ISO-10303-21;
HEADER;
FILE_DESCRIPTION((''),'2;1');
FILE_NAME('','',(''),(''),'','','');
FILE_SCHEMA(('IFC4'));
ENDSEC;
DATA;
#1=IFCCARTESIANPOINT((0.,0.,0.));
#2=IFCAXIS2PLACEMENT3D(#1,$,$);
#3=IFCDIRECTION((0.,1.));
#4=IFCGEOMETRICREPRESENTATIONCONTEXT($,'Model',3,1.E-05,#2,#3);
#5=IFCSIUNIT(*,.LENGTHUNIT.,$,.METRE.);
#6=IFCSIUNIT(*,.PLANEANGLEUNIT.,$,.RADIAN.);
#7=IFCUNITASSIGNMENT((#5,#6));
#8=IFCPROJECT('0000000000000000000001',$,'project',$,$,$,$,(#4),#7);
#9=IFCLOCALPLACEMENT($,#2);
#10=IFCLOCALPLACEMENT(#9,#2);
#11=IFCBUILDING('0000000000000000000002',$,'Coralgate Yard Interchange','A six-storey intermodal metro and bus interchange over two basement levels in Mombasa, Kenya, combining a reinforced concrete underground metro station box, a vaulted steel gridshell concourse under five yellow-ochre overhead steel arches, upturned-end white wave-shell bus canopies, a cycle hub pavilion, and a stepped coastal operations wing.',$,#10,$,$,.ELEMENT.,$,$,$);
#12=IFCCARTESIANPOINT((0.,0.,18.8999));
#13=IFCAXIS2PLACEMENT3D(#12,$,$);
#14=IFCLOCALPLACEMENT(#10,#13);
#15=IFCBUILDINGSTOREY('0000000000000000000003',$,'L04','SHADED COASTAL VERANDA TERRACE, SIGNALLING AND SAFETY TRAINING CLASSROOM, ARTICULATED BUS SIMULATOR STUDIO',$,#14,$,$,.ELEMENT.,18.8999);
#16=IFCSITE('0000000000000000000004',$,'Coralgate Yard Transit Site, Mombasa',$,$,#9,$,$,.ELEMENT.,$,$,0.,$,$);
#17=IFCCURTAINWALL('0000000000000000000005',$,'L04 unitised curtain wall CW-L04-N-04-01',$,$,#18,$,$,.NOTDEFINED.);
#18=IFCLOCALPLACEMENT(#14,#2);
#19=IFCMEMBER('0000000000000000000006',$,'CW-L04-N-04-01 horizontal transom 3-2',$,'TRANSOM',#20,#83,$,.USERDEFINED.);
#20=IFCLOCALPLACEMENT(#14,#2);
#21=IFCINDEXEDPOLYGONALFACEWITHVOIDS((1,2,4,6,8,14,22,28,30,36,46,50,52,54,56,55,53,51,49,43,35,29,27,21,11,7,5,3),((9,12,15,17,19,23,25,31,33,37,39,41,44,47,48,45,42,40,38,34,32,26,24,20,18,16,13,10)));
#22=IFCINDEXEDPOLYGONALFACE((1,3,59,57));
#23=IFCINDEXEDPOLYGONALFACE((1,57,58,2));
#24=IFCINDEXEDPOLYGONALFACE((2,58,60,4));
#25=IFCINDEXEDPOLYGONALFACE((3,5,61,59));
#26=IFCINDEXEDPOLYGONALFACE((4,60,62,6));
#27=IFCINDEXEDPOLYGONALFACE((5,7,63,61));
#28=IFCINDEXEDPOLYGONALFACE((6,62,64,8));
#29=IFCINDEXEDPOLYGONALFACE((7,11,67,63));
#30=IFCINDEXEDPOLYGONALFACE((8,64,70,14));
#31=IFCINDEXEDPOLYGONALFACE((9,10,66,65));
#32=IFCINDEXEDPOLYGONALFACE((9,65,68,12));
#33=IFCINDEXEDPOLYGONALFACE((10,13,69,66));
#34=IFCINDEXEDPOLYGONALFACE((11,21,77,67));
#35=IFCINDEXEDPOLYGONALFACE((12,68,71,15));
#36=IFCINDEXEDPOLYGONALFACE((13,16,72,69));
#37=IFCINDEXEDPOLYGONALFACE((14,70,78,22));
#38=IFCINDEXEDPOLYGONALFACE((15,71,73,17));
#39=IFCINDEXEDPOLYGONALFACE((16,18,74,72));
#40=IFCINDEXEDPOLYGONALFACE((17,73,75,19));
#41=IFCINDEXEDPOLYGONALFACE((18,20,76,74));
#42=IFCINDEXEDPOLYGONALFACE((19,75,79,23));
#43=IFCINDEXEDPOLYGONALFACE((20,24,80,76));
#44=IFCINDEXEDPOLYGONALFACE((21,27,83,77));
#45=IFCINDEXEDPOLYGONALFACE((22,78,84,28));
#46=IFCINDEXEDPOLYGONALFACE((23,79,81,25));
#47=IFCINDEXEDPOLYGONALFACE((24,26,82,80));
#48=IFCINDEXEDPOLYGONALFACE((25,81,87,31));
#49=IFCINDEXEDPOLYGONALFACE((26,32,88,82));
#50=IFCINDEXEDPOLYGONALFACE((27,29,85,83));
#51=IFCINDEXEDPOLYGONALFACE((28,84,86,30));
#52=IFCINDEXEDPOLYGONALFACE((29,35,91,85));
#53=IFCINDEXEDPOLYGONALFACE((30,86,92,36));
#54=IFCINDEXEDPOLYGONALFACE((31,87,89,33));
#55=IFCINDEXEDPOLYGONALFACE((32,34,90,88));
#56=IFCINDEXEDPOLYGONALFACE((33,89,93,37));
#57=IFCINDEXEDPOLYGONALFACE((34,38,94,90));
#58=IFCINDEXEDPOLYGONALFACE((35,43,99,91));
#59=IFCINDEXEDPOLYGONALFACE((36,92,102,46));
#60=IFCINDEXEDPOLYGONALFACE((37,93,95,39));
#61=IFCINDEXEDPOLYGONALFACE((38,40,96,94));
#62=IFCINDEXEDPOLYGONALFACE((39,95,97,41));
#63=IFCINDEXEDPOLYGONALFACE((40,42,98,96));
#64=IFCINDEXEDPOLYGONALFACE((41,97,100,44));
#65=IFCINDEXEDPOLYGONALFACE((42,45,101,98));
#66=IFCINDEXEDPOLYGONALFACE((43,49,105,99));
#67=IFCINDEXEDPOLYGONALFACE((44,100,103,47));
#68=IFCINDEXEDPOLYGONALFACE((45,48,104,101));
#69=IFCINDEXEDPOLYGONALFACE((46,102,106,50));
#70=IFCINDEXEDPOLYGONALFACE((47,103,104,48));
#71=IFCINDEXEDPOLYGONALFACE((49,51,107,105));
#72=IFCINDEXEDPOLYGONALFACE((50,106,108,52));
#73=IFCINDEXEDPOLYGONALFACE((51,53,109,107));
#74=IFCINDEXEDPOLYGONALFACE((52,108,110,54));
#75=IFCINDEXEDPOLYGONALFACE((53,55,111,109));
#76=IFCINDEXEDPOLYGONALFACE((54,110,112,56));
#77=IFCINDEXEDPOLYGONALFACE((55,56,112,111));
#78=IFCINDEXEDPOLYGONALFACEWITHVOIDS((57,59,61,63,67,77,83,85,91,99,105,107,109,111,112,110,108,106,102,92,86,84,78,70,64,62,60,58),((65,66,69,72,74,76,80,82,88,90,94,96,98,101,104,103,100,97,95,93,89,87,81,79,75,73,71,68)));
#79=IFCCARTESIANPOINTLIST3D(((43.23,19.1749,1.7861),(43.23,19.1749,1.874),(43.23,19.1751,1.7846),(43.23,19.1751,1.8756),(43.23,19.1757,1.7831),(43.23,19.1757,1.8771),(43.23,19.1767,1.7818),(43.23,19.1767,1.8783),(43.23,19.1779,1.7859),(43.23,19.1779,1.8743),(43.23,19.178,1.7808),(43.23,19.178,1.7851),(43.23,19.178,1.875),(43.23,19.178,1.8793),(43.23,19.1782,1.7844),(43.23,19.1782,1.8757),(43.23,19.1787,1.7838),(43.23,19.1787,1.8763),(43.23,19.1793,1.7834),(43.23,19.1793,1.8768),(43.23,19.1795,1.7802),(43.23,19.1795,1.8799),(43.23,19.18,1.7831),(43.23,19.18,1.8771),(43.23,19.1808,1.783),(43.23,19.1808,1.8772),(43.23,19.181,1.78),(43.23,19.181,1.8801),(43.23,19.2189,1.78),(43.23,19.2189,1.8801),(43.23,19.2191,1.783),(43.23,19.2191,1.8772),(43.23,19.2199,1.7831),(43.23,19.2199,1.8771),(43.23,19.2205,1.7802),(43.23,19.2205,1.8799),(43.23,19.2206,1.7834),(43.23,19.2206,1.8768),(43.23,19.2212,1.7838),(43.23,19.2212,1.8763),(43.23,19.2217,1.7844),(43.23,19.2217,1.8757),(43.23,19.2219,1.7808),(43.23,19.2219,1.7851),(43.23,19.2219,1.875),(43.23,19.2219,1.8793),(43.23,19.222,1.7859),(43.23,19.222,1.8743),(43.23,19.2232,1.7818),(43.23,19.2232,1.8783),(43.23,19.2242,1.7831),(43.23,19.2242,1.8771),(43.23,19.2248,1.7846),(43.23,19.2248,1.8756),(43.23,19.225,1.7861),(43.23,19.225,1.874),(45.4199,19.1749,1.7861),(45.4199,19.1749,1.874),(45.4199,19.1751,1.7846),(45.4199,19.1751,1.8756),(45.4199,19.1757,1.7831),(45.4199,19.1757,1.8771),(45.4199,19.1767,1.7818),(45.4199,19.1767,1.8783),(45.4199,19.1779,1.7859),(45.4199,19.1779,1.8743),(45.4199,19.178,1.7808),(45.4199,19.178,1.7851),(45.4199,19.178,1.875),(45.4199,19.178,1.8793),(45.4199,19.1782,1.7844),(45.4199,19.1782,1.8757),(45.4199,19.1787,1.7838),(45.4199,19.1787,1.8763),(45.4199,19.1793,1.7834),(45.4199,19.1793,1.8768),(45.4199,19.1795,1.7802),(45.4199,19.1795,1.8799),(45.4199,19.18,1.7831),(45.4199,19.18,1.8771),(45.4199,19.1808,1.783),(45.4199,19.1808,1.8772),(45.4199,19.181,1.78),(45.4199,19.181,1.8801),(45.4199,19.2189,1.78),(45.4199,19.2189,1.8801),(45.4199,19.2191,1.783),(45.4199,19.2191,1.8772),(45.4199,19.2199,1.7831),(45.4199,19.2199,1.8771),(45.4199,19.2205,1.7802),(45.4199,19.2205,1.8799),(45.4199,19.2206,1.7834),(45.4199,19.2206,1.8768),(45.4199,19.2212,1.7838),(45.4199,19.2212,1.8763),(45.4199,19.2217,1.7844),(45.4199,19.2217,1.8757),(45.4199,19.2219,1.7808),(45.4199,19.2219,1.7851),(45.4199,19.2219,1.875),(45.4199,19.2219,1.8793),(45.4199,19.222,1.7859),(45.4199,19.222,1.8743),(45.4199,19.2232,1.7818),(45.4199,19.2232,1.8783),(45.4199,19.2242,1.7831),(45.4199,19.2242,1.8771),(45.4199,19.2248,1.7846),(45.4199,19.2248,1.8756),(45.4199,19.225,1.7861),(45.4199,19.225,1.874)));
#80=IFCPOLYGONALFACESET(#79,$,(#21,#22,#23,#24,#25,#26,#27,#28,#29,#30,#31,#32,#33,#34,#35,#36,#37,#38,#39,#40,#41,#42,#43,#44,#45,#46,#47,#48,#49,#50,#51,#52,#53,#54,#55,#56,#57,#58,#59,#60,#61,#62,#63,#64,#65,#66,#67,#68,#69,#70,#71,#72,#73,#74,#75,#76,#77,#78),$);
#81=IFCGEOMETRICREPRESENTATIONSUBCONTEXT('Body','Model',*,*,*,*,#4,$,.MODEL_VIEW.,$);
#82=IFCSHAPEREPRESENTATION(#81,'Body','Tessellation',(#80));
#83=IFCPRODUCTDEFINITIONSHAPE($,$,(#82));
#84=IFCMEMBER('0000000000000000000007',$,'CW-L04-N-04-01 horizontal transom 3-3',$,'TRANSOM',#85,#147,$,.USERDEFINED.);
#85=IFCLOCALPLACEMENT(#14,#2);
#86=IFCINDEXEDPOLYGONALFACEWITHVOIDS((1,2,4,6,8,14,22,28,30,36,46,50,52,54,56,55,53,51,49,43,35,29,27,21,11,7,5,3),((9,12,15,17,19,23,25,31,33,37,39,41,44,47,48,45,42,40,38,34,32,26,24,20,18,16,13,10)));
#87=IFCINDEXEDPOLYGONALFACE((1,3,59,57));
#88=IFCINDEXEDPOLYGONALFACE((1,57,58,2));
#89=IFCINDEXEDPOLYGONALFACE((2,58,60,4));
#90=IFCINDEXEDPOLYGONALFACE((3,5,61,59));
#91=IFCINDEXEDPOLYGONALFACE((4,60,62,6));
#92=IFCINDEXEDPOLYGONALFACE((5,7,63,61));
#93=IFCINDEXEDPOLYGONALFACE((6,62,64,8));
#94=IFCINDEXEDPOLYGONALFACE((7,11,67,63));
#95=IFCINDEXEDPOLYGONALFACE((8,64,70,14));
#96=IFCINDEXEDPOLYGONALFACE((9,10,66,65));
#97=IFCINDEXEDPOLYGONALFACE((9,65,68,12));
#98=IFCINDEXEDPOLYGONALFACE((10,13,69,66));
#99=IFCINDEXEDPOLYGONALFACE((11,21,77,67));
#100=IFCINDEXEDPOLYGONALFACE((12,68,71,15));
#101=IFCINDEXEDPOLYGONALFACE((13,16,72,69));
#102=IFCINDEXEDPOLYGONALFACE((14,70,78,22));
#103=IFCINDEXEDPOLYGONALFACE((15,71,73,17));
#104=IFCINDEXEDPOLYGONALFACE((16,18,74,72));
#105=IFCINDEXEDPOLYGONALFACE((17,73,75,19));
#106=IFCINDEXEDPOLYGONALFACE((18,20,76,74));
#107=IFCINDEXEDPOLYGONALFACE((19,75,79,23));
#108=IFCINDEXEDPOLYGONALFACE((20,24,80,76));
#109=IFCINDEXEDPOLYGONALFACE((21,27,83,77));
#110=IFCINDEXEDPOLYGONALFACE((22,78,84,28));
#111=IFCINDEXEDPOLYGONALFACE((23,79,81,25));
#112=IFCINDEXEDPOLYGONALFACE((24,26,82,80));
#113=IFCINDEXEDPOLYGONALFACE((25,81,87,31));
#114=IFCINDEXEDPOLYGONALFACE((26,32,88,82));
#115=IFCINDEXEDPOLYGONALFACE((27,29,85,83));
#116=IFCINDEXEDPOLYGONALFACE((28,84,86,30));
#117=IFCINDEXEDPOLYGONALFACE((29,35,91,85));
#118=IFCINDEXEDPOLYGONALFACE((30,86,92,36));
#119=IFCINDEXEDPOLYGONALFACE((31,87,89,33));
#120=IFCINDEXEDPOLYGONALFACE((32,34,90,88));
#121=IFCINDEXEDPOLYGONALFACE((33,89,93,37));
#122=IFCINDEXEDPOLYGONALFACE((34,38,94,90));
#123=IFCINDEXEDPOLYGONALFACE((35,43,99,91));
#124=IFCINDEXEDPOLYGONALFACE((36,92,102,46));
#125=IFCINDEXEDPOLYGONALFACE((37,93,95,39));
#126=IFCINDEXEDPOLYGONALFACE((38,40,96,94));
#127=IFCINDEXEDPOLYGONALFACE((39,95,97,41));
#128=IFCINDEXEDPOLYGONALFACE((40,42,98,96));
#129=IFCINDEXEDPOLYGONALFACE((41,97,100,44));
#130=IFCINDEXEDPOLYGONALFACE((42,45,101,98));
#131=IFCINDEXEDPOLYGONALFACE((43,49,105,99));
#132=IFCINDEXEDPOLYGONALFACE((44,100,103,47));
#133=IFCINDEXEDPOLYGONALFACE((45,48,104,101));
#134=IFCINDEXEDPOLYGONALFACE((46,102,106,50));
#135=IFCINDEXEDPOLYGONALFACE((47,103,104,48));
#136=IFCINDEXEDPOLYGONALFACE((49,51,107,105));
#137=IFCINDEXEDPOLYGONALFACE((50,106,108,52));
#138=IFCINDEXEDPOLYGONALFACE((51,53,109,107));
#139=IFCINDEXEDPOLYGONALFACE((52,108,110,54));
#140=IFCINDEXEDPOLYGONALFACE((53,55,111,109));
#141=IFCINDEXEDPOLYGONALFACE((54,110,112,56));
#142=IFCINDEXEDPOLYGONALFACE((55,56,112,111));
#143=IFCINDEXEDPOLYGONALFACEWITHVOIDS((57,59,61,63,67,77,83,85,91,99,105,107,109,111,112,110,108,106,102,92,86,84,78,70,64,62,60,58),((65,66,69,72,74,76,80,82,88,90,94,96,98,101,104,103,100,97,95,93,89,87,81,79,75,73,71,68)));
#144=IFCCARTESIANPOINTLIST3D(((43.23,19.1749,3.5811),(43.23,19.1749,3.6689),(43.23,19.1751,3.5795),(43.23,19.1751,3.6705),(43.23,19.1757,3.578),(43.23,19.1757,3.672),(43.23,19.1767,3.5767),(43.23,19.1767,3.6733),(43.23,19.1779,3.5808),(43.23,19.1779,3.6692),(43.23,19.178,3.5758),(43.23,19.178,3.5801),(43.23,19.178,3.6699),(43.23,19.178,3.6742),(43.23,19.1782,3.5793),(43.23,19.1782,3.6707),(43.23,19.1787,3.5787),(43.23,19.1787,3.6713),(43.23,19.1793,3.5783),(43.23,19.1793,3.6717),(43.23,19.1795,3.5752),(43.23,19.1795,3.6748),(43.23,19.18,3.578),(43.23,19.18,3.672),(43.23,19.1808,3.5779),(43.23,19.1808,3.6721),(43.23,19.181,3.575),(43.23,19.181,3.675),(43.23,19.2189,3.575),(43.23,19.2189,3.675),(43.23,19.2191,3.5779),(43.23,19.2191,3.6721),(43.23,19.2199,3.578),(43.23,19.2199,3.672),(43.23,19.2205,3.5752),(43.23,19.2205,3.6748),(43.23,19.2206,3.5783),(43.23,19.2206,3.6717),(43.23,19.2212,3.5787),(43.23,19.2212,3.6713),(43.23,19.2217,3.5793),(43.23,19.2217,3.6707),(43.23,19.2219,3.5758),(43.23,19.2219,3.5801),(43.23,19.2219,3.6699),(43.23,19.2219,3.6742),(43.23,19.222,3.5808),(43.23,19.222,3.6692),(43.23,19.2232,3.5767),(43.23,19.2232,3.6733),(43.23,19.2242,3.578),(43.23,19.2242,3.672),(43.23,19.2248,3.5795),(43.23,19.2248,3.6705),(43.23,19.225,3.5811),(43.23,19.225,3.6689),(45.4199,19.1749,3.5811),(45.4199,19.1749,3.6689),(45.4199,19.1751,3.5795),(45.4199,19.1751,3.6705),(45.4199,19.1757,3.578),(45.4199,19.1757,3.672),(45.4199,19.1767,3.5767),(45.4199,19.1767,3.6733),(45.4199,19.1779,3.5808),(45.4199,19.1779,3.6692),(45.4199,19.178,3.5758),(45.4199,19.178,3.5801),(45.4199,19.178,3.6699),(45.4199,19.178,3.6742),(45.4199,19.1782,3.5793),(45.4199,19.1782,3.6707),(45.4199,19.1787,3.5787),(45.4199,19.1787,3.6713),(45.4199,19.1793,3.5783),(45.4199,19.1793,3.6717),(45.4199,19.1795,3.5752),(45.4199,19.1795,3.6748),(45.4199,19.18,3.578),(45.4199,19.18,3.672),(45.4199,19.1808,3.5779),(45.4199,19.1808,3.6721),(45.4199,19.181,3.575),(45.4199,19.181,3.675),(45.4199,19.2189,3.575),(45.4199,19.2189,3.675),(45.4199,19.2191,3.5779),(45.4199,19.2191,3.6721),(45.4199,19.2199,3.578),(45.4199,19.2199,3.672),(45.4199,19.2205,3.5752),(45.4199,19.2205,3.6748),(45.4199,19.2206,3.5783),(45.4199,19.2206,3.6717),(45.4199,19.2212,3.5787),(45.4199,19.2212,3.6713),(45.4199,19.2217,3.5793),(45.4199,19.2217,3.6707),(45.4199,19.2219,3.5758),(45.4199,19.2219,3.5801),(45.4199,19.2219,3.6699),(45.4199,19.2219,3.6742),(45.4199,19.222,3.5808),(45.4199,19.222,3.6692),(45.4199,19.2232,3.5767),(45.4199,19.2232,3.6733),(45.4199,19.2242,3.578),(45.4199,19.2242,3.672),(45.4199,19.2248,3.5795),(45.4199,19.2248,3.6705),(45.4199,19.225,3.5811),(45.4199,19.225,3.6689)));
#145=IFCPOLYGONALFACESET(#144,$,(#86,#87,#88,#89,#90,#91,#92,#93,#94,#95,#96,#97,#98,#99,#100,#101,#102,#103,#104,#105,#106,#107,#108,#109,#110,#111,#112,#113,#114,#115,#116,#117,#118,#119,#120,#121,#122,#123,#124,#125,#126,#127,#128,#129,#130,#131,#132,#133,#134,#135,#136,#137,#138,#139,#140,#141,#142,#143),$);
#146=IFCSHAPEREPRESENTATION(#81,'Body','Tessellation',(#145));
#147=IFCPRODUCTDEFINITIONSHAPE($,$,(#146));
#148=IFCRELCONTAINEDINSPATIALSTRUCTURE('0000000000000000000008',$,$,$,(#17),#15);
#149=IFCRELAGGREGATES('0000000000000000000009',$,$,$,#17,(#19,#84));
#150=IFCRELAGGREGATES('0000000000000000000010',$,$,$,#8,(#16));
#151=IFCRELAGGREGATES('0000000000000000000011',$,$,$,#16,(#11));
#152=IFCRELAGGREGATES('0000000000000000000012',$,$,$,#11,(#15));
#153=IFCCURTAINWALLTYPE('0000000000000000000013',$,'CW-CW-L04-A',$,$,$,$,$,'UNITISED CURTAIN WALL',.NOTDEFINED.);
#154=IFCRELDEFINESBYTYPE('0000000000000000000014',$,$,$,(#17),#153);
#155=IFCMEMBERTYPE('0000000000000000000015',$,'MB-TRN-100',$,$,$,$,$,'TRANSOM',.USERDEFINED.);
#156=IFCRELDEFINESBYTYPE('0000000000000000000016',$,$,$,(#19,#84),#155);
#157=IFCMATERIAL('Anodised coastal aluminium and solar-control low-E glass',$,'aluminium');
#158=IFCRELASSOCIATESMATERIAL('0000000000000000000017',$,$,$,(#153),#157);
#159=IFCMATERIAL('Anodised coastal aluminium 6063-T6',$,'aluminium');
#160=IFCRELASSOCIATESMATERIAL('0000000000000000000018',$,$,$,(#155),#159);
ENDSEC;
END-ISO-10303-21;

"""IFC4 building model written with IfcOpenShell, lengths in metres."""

from ifc_helpers import new_model, si_unit, direction, frame, origin, origin_2d, place, context, subcontext, project, spatial, hollow_rectangle, extrude, material, material_profile, profile_set, type_object, element, aggregate, save


model = new_model("IFC4")

# Units and contexts
model_context = context("Model", 3, precision=1e-05, world=origin(), true_north=direction((0.0, 1.0)))
body_context = subcontext(model_context, "Body", "Model", "MODEL_VIEW")
ifc_project = project(units=[si_unit("LENGTHUNIT", "METRE"), si_unit("PLANEANGLEUNIT", "RADIAN")], contexts=[model_context])

# Site, building, storey
site_placement = place(None, origin())
site = spatial("IfcSite", under=ifc_project, at=site_placement, Name="Coralgate Yard Transit Site, Mombasa", CompositionType="ELEMENT", RefElevation=0.0)
building_placement = place(site_placement, origin())
building = spatial("IfcBuilding", under=site, at=building_placement, Name="Coralgate Yard Interchange", Description="A six-storey intermodal metro and bus interchange over two basement levels in Mombasa, Kenya, combining a reinforced concrete underground metro station box, a vaulted steel gridshell concourse under five yellow-ochre overhead steel arches, upturned-end white wave-shell bus canopies, a cycle hub pavilion, and a stepped coastal operations wing.", CompositionType="ELEMENT")
storey_placement = place(building_placement, frame((0.0, 0.0, 18.8999)))
storey = spatial("IfcBuildingStorey", under=building, at=storey_placement, Name="L04", Description="SHADED COASTAL VERANDA TERRACE, SIGNALLING AND SAFETY TRAINING CLASSROOM, ARTICULATED BUS SIMULATOR STUDIO", CompositionType="ELEMENT", Elevation=18.8999)

# Curtain wall, members
ifc_material_1 = material(Name="Anodised coastal aluminium and solar-control low-E glass", Category="aluminium")
curtain_wall_type = type_object("IfcCurtainWallType", Name="CW-CW-L04-A", ElementType="UNITISED CURTAIN WALL", PredefinedType="NOTDEFINED", material=ifc_material_1)
curtain_wall_placement = place(storey_placement, origin())
curtain_wall = element("IfcCurtainWall", 1, at=curtain_wall_placement, inside=storey, type_object=curtain_wall_type, Name="L04 unitised curtain wall CW-L04-N-04-01", PredefinedType="NOTDEFINED")
ifc_material_2 = material(Name="Anodised coastal aluminium 6063-T6", Category="aluminium")
ifc_material_profile_1 = material_profile(ifc_material_2, hollow_rectangle(XDim=0.05, YDim=0.1001, WallThickness=0.0029, InnerFilletRadius=0.0029, OuterFilletRadius=0.0061, at=origin_2d()), Name="ALU 50x100x3")
ifc_profile_set_1 = profile_set([ifc_material_profile_1], Name="Anodised coastal aluminium 6063-T6")
member_type_1 = type_object("IfcMemberType", Name="MB-TRN-100", ElementType="TRANSOM", PredefinedType="USERDEFINED", material=ifc_profile_set_1)
member_1_placement = place(storey_placement, frame((43.23, 19.2, 1.8301), z_axis=(1.0, 0.0, 0.0), x_axis=(0.0, 1.0, 0.0)))
member_1 = element("IfcMember", 2, at=member_1_placement, type_object=member_type_1, Name="CW-L04-N-04-01 horizontal transom 3-2", ObjectType="TRANSOM", PredefinedType="USERDEFINED", context=body_context, shape_type="SweptSolid", body=[
    extrude(hollow_rectangle(XDim=0.05, YDim=0.1001, WallThickness=0.0029, InnerFilletRadius=0.0029, OuterFilletRadius=0.0061, at=origin_2d()), origin(), (0.0, 0.0, 1.0), 2.1899),
])
member_2_placement = place(storey_placement, frame((43.23, 19.2, 3.625), z_axis=(1.0, 0.0, 0.0), x_axis=(0.0, 1.0, 0.0)))
member_2 = element("IfcMember", 3, at=member_2_placement, type_object=member_type_1, Name="CW-L04-N-04-01 horizontal transom 3-3", ObjectType="TRANSOM", PredefinedType="USERDEFINED", context=body_context, shape_type="SweptSolid", body=[
    extrude(hollow_rectangle(XDim=0.05, YDim=0.1001, WallThickness=0.0029, InnerFilletRadius=0.0029, OuterFilletRadius=0.0061, at=origin_2d()), origin(), (0.0, 0.0, 1.0), 2.1899),
])
aggregate(curtain_wall, [member_1, member_2])

save(model, "model.ifc")
